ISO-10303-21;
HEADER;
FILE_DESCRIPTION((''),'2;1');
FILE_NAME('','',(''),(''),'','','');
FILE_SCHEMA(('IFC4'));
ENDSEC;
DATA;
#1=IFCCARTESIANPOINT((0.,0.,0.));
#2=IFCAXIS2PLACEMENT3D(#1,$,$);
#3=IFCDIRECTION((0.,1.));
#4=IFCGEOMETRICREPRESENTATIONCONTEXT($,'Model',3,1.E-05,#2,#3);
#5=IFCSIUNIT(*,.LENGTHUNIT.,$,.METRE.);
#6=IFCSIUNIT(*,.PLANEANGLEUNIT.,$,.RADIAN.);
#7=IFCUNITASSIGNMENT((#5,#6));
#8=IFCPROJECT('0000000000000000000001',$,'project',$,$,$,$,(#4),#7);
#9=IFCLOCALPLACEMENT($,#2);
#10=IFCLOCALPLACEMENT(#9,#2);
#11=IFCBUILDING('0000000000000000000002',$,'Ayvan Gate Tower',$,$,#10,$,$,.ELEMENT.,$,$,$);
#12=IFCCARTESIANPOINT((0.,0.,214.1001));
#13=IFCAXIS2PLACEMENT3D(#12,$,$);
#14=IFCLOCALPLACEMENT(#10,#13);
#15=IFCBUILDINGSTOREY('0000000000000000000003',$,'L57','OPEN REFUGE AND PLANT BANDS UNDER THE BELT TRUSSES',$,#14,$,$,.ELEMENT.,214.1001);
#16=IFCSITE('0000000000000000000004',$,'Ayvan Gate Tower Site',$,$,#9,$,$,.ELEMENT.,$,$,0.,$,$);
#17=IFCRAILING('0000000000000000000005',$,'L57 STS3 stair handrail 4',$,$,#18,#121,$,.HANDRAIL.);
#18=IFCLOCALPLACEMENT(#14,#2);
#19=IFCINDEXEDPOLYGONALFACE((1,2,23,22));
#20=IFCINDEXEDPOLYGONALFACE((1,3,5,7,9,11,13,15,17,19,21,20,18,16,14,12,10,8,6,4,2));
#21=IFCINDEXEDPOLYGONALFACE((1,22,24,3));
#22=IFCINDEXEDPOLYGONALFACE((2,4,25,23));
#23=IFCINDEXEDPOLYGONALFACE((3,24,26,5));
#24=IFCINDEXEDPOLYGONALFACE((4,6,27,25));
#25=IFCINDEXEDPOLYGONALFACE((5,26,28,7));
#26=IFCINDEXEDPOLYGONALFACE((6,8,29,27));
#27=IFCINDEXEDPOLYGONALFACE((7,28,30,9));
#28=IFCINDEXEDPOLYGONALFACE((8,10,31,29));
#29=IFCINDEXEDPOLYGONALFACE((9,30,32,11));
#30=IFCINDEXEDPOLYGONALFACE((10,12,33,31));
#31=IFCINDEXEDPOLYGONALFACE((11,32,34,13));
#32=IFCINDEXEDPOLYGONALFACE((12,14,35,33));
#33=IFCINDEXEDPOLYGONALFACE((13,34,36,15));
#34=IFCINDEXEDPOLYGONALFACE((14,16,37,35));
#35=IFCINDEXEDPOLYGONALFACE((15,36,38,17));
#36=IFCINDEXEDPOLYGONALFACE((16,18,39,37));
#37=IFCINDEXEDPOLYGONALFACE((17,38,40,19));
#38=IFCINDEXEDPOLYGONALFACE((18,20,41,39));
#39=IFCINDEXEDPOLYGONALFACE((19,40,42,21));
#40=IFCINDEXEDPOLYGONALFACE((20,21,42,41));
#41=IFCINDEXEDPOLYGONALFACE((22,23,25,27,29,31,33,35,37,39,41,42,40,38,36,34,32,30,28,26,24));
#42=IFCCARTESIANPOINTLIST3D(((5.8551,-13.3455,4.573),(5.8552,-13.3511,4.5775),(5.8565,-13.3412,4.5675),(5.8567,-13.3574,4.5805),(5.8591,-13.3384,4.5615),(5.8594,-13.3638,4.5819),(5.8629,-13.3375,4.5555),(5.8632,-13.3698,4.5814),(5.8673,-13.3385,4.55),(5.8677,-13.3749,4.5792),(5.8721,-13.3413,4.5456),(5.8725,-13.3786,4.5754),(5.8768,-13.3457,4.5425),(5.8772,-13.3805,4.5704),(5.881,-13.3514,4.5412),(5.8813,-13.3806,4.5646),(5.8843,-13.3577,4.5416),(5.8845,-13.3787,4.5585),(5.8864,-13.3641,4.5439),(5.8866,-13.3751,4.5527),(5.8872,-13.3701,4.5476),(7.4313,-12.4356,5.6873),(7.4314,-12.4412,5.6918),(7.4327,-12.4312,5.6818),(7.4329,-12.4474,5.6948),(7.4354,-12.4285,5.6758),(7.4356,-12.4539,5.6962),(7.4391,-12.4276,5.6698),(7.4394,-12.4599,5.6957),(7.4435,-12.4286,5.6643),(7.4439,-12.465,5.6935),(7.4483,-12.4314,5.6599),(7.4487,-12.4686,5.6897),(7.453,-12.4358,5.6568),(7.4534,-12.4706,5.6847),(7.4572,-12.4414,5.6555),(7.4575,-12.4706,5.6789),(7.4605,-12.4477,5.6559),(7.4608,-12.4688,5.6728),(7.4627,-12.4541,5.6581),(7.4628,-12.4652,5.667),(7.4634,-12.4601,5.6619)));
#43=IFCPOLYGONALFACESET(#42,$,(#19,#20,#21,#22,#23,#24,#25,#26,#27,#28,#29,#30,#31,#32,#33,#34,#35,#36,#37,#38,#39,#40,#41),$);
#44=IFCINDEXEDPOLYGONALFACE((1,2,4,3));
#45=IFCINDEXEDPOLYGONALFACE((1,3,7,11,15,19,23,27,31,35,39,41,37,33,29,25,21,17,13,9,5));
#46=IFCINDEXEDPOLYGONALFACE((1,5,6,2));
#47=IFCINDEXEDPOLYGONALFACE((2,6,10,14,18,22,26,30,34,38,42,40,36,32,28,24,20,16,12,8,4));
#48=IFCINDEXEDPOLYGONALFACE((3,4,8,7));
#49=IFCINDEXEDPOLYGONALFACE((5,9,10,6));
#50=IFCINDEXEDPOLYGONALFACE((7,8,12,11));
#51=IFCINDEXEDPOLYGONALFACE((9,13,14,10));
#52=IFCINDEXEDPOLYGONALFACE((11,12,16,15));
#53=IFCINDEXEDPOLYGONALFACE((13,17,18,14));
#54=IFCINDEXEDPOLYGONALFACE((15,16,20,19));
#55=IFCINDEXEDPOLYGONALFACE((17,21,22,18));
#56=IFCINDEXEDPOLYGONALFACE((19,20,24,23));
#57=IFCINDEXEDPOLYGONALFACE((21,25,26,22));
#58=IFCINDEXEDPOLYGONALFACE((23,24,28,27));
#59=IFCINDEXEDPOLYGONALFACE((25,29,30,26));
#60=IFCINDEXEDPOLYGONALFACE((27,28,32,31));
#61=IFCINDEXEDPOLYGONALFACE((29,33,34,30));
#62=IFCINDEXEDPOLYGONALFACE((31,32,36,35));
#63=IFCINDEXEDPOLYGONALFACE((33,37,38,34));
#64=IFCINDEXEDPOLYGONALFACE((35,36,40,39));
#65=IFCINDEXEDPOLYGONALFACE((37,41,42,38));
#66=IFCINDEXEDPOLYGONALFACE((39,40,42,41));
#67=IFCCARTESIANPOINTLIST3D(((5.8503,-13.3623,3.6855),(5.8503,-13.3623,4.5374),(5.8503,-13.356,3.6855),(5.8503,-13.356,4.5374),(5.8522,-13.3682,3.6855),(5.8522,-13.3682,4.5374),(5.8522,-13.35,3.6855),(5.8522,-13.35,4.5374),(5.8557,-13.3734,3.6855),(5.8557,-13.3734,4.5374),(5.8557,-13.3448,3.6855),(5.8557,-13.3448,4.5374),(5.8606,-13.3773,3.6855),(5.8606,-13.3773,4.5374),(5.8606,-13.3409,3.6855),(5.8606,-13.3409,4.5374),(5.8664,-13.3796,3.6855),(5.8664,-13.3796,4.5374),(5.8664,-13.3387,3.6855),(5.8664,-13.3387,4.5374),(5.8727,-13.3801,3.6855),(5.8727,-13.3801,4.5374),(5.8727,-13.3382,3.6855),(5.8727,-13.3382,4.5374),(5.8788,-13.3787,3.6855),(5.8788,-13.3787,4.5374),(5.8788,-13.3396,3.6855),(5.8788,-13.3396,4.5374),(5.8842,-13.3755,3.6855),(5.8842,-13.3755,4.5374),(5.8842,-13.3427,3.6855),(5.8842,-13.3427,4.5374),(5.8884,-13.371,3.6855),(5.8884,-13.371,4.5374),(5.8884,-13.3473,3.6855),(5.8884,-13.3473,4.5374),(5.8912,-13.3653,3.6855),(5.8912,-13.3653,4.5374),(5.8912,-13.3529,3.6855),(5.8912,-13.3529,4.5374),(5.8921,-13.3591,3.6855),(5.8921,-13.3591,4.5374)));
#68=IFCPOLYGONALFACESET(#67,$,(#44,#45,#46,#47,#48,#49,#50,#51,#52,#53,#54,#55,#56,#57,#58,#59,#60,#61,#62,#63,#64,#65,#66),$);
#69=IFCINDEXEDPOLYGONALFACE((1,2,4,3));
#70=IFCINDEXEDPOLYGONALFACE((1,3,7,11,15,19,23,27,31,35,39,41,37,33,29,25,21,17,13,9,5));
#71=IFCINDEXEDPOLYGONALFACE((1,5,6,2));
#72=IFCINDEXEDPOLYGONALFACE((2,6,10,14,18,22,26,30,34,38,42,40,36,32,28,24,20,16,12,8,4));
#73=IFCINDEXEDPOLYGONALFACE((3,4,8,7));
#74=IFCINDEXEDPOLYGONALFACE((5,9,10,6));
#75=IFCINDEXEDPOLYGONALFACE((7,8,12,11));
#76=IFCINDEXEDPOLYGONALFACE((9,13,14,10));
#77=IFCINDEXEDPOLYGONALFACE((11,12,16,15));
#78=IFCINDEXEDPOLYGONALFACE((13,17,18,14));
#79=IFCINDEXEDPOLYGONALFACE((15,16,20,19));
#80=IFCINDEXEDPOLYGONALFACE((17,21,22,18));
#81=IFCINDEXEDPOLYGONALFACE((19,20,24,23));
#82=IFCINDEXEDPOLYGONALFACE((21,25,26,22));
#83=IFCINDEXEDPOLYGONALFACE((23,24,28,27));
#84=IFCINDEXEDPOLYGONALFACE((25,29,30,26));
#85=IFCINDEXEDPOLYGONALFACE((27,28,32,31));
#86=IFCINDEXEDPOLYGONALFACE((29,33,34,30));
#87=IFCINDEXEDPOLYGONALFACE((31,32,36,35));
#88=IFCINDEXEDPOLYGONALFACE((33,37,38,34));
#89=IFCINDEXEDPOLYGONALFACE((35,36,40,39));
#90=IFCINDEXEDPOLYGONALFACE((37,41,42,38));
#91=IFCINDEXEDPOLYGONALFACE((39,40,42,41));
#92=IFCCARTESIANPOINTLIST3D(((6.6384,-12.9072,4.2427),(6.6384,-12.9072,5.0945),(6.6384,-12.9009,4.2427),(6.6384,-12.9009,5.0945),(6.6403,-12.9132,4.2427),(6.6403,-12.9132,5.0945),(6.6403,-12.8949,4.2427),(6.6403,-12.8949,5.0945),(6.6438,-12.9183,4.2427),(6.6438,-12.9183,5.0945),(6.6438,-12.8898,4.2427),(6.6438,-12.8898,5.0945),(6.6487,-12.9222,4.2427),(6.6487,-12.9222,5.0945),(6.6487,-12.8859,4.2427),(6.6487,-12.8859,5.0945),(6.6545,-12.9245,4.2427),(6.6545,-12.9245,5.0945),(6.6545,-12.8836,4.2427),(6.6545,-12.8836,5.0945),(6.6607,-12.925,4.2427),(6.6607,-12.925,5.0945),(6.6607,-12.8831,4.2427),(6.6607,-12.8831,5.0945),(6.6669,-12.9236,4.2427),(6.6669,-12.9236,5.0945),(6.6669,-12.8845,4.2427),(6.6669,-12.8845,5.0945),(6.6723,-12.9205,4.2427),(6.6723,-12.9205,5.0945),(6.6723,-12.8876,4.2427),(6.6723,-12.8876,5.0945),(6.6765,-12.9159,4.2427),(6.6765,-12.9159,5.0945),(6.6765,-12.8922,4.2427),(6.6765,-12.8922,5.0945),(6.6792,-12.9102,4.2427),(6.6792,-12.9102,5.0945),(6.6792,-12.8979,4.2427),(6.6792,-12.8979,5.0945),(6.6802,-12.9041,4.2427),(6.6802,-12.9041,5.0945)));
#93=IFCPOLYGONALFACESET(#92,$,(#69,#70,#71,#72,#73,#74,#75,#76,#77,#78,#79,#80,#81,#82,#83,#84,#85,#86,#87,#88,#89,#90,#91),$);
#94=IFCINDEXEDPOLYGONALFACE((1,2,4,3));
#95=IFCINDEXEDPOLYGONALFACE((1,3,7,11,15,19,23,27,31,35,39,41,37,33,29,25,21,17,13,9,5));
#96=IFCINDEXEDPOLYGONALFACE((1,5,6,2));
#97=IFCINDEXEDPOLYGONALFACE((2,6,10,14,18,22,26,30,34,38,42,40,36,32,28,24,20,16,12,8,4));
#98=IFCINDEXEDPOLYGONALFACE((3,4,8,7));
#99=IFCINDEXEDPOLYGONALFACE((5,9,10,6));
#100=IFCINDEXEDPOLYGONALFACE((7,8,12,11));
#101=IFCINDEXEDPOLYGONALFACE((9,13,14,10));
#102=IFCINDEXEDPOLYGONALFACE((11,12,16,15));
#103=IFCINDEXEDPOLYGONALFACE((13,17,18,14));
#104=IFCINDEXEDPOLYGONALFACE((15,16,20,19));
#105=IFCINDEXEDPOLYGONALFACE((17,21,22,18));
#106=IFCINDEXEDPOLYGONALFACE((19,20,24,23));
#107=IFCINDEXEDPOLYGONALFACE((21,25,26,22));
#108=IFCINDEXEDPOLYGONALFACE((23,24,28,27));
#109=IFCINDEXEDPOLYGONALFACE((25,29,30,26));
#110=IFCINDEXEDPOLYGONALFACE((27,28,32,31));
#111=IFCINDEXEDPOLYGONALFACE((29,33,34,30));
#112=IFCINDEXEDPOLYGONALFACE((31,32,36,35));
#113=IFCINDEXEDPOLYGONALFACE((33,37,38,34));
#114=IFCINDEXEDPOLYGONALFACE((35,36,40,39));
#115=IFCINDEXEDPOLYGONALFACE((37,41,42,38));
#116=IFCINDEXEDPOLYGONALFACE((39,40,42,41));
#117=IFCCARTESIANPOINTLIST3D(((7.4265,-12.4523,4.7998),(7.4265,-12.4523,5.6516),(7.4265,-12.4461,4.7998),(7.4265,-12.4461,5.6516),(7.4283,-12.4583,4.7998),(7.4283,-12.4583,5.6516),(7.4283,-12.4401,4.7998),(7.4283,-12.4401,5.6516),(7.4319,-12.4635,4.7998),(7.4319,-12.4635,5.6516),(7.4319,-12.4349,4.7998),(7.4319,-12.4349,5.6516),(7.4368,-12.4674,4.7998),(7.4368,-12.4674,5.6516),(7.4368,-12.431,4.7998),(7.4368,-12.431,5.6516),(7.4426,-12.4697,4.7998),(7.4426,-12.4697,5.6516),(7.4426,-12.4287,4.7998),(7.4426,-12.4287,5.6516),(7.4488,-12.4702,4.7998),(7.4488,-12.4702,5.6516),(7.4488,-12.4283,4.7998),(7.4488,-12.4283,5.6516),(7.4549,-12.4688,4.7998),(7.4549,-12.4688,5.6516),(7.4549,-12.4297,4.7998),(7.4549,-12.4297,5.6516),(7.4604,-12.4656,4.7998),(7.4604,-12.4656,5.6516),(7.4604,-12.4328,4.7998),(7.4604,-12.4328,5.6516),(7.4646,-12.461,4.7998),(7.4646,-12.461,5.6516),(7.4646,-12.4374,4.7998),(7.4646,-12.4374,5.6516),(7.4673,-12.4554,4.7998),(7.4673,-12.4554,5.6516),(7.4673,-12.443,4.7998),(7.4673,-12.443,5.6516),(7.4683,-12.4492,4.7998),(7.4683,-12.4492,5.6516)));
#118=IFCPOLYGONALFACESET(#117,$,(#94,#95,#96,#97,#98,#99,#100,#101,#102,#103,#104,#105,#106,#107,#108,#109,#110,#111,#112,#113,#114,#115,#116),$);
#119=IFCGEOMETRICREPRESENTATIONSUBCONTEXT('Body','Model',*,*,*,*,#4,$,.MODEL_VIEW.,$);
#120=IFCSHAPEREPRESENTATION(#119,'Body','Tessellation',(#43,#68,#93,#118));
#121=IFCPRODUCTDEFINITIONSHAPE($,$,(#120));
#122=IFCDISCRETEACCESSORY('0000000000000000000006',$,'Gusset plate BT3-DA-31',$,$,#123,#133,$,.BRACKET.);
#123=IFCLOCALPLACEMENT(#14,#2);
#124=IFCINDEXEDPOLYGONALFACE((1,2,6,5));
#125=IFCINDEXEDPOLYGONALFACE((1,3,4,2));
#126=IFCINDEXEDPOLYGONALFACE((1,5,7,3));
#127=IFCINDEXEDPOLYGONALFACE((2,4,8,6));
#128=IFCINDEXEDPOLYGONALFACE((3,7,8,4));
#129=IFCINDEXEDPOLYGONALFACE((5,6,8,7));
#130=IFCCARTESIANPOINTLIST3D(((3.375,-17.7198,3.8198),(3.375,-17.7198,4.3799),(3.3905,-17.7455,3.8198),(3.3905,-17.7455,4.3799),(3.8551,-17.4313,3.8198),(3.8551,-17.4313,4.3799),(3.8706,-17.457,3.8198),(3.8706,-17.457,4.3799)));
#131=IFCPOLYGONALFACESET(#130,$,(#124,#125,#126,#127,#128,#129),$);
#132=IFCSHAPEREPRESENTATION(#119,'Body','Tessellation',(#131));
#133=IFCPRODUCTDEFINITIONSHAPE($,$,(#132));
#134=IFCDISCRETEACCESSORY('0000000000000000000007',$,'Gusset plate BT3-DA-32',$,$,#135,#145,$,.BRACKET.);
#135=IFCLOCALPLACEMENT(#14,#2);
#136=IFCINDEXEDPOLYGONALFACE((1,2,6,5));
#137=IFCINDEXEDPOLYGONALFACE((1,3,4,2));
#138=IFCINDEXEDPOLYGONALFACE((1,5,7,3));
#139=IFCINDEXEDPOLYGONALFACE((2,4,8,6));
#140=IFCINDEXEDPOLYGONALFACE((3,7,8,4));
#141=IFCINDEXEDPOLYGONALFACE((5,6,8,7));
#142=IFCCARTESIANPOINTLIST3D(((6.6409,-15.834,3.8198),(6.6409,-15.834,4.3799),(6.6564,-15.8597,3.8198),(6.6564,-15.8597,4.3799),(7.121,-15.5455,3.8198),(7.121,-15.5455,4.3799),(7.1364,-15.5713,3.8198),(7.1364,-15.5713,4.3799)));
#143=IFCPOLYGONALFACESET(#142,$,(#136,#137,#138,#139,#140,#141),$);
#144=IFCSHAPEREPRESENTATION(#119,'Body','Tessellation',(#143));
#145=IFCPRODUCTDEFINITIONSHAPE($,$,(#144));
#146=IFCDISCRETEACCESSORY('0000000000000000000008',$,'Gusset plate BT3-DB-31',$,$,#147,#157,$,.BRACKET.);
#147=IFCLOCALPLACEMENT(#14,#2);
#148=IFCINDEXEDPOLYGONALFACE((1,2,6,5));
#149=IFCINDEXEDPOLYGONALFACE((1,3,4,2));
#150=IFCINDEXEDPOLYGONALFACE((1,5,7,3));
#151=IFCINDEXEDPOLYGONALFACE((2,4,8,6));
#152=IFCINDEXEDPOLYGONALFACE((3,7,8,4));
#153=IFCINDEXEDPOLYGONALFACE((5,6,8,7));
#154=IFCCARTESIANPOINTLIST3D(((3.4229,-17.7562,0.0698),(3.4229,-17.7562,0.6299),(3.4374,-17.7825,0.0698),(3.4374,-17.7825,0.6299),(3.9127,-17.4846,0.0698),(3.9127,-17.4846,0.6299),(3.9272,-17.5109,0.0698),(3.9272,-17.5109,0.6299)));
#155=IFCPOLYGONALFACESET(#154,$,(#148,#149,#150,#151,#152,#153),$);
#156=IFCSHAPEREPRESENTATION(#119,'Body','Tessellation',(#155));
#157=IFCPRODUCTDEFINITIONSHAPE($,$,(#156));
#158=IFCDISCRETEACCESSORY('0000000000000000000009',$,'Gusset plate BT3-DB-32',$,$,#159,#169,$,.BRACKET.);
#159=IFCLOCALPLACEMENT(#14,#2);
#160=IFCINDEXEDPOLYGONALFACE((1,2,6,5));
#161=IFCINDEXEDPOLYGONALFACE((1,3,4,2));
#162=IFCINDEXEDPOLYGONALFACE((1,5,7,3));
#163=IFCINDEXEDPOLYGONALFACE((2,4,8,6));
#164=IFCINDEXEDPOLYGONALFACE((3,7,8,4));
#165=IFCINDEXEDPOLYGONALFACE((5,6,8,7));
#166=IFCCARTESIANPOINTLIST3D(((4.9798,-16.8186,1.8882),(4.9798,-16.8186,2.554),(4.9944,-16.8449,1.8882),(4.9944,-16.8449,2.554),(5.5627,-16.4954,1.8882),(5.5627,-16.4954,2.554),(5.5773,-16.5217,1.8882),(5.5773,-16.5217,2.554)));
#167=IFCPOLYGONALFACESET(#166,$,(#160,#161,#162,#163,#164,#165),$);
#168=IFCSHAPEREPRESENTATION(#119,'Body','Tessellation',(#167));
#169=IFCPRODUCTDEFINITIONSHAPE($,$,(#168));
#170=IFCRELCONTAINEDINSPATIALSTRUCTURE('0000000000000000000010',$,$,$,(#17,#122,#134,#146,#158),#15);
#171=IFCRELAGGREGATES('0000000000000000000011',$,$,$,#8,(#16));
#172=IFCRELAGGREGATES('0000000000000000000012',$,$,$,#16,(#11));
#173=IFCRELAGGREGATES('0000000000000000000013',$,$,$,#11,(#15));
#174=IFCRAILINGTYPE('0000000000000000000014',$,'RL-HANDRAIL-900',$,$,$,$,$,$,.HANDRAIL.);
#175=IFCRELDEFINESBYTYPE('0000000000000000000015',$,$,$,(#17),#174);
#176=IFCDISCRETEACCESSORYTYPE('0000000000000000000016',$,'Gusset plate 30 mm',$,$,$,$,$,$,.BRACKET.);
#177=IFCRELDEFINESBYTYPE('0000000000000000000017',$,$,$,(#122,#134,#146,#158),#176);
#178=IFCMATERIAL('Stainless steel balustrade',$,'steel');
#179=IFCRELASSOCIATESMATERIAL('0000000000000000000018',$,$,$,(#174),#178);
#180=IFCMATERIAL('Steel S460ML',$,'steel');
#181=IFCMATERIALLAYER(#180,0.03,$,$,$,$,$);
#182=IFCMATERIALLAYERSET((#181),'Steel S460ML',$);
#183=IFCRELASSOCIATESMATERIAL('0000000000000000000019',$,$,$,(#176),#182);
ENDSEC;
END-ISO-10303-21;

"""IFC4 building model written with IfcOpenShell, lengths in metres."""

from ifc_helpers import new_model, si_unit, direction, frame, origin, origin_2d, place, context, subcontext, project, spatial, rectangle, circle, extrude, material, layer, layer_set, type_object, element, save


model = new_model("IFC4")

# Units and contexts
model_context = context("Model", 3, precision=1e-05, world=origin(), true_north=direction((0.0, 1.0)))
body_context = subcontext(model_context, "Body", "Model", "MODEL_VIEW")
ifc_project = project(units=[si_unit("LENGTHUNIT", "METRE"), si_unit("PLANEANGLEUNIT", "RADIAN")], contexts=[model_context])

# Site, building, storey
site_placement = place(None, origin())
site = spatial("IfcSite", under=ifc_project, at=site_placement, Name="Ayvan Gate Tower Site", CompositionType="ELEMENT", RefElevation=0.0)
building_placement = place(site_placement, origin())
building = spatial("IfcBuilding", under=site, at=building_placement, Name="Ayvan Gate Tower", CompositionType="ELEMENT")
storey_placement = place(building_placement, frame((0.0, 0.0, 214.1001)))
storey = spatial("IfcBuildingStorey", under=building, at=storey_placement, Name="L57", Description="OPEN REFUGE AND PLANT BANDS UNDER THE BELT TRUSSES", CompositionType="ELEMENT", Elevation=214.1001)

# Shared definitions
ifc_material_1 = material(Name="Steel S460ML", Category="steel")

# Railing
ifc_material_2 = material(Name="Stainless steel balustrade", Category="steel")
railing_type_1 = type_object("IfcRailingType", Name="RL-HANDRAIL-900", PredefinedType="HANDRAIL", material=ifc_material_2)
railing_1_placement = place(storey_placement, frame((5.8711, -13.3591, 3.6855)))
element("IfcRailing", 1, at=railing_1_placement, inside=storey, type_object=railing_type_1, Name="L57 STS3 stair handrail 4", PredefinedType="HANDRAIL", context=body_context, shape_type="SweptSolid", body=[
    extrude(circle(Radius=0.0239, at=origin_2d()), frame((0.0, 0.0, 0.876), z_axis=(0.73861, 0.426394, 0.522153), x_axis=(-0.499962, 0.866047, 0.0)), (0.0, 0.0, 1.0), 2.134),
    extrude(circle(Radius=0.021, at=origin_2d()), origin(), (0.0, 0.0, 1.0), 0.8518),
    extrude(circle(Radius=0.021, at=origin_2d()), frame((0.7881, 0.4551, 0.5571)), (0.0, 0.0, 1.0), 0.8518),
    extrude(circle(Radius=0.021, at=origin_2d()), frame((1.5762, 0.9099, 1.1143)), (0.0, 0.0, 1.0), 0.8518),
])

# Discrete accessories
ifc_layer_1 = layer(ifc_material_1, 0.03)
ifc_layer_set_1 = layer_set([ifc_layer_1], Name="Steel S460ML")
discrete_accessory_type = type_object("IfcDiscreteAccessoryType", Name="Gusset plate 30 mm", PredefinedType="BRACKET", material=ifc_layer_set_1)
for number, where, z_axis, x_axis, name in (
    (2, (3.6228, -17.5884, 3.8198), (0.0, 0.0, 1.0), (0.857128, 0.515104, 0.0), "Gusset plate BT3-DA-31"),
    (3, (6.8887, -15.7026, 3.8198), (0.0, 0.0, 1.0), (0.857164, 0.515044, 0.0), "Gusset plate BT3-DA-32"),
    (4, (3.675, -17.6335, 0.0698), (0.0, 0.0, 1.0), (0.874522, 0.484987, 0.0), "Gusset plate BT3-DB-31"),
):
    element("IfcDiscreteAccessory", number, at=place(storey_placement, frame(where, z_axis=z_axis, x_axis=x_axis)), inside=storey, type_object=discrete_accessory_type, Name=name, PredefinedType="BRACKET", context=body_context, shape_type="SweptSolid", body=[
        extrude(rectangle(XDim=0.5601, YDim=0.03, at=origin_2d()), origin(), (0.0, 0.0, 1.0), 0.5601),
    ])
discrete_accessory_placement = place(storey_placement, frame((5.2786, -16.6702, 1.8882), z_axis=(0.0, 0.0, 1.0), x_axis=(0.874555, 0.484926, 0.0)))
element("IfcDiscreteAccessory", 5, at=discrete_accessory_placement, inside=storey, type_object=discrete_accessory_type, Name="Gusset plate BT3-DB-32", PredefinedType="BRACKET", context=body_context, shape_type="SweptSolid", body=[
    extrude(rectangle(XDim=0.6665, YDim=0.03, at=origin_2d()), origin(), (0.0, 0.0, 1.0), 0.6658),
])

save(model, "model.ifc")
